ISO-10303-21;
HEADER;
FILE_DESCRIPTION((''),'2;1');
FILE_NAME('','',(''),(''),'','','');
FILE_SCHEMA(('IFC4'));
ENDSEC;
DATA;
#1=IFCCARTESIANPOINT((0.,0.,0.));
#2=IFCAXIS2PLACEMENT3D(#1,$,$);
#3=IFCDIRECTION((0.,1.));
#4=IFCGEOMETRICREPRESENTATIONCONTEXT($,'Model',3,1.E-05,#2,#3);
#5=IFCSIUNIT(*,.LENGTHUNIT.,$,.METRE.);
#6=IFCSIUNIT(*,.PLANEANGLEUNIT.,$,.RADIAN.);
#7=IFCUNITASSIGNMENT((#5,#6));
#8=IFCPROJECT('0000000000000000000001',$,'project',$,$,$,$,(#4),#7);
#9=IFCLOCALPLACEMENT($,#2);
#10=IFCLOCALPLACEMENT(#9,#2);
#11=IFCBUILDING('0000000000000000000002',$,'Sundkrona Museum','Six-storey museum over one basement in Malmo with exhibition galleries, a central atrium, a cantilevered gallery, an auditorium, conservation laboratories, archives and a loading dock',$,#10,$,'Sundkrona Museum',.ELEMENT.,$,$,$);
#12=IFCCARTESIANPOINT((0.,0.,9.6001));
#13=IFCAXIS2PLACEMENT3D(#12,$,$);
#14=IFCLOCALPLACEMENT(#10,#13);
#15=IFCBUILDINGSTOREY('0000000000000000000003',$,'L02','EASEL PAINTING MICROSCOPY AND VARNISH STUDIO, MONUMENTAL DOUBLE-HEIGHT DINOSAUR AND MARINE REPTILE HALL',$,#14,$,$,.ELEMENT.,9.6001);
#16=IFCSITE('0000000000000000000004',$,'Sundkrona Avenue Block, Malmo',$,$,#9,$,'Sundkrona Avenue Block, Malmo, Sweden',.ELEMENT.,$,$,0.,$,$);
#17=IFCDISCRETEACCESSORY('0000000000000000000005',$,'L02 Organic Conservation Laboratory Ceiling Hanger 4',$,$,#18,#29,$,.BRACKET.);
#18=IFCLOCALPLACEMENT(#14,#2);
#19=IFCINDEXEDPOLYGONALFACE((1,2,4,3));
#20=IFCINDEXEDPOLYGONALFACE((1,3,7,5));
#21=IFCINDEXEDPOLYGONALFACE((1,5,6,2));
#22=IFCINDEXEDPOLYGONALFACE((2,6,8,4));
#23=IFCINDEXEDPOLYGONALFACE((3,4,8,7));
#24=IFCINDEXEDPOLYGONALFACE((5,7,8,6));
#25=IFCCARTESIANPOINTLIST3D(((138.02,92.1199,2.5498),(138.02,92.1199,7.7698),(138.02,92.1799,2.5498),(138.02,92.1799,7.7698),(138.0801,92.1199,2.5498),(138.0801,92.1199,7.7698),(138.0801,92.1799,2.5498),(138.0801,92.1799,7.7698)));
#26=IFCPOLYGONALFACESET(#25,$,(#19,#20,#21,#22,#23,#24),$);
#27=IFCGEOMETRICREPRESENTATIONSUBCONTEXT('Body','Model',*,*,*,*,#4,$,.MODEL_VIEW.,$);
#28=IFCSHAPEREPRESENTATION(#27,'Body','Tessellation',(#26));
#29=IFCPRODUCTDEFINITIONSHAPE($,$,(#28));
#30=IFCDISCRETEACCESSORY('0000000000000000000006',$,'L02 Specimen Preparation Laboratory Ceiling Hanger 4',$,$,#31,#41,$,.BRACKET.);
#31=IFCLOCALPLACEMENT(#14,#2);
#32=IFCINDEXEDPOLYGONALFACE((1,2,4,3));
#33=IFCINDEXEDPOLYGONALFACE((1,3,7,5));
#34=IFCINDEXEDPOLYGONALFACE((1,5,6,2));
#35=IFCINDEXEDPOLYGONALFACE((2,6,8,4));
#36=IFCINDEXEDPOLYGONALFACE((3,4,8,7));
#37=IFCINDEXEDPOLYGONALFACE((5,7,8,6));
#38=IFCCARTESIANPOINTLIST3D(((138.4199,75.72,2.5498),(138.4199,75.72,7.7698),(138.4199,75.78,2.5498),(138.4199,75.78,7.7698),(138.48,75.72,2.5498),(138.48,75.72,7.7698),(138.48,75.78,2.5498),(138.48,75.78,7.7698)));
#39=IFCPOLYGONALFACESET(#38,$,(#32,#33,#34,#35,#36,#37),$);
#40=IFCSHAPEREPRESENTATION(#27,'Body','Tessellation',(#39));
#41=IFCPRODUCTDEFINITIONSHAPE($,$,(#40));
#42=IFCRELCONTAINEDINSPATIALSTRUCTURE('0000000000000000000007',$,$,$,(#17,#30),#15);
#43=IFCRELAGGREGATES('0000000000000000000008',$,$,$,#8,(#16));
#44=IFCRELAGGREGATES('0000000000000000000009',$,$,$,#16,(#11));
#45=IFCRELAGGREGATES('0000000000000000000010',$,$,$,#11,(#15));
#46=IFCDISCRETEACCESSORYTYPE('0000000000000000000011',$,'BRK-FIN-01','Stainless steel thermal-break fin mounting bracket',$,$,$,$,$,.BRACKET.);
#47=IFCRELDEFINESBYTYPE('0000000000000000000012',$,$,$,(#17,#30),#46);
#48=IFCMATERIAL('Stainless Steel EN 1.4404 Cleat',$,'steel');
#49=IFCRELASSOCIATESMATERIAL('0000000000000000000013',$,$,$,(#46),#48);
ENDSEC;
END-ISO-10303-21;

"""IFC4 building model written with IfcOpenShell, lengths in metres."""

from ifc_helpers import new_model, si_unit, direction, frame, origin, origin_2d, place, context, subcontext, project, spatial, rectangle, extrude, material, type_object, element, save


model = new_model("IFC4")

# Units and contexts
model_context = context("Model", 3, precision=1e-05, world=origin(), true_north=direction((0.0, 1.0)))
body_context = subcontext(model_context, "Body", "Model", "MODEL_VIEW")
ifc_project = project(units=[si_unit("LENGTHUNIT", "METRE"), si_unit("PLANEANGLEUNIT", "RADIAN")], contexts=[model_context])

# Site, building, storey
site_placement = place(None, origin())
site = spatial("IfcSite", under=ifc_project, at=site_placement, Name="Sundkrona Avenue Block, Malmo", LongName="Sundkrona Avenue Block, Malmo, Sweden", CompositionType="ELEMENT", RefElevation=0.0)
building_placement = place(site_placement, origin())
building = spatial("IfcBuilding", under=site, at=building_placement, Name="Sundkrona Museum", Description="Six-storey museum over one basement in Malmo with exhibition galleries, a central atrium, a cantilevered gallery, an auditorium, conservation laboratories, archives and a loading dock", LongName="Sundkrona Museum", CompositionType="ELEMENT")
storey_placement = place(building_placement, frame((0.0, 0.0, 9.6001)))
storey = spatial("IfcBuildingStorey", under=building, at=storey_placement, Name="L02", Description="EASEL PAINTING MICROSCOPY AND VARNISH STUDIO, MONUMENTAL DOUBLE-HEIGHT DINOSAUR AND MARINE REPTILE HALL", CompositionType="ELEMENT", Elevation=9.6001)

# Discrete accessories
ifc_material_1 = material(Name="Stainless Steel EN 1.4404 Cleat", Category="steel")
discrete_accessory_type = type_object("IfcDiscreteAccessoryType", Name="BRK-FIN-01", Description="Stainless steel thermal-break fin mounting bracket", PredefinedType="BRACKET", material=ifc_material_1)
for number, where, z_axis, x_axis, name in (
    (1, (138.05, 92.1499, 2.5498), (0.0, 0.0, 1.0), (1.0, 0.0, 0.0), "L02 Organic Conservation Laboratory Ceiling Hanger 4"),
    (2, (138.45, 75.75, 2.5498), (0.0, 0.0, 1.0), (1.0, 0.0, 0.0), "L02 Specimen Preparation Laboratory Ceiling Hanger 4"),
):
    element("IfcDiscreteAccessory", number, at=place(storey_placement, frame(where, z_axis=z_axis, x_axis=x_axis)), inside=storey, type_object=discrete_accessory_type, Name=name, PredefinedType="BRACKET", context=body_context, shape_type="SweptSolid", body=[
        extrude(rectangle(XDim=0.0601, YDim=0.0601, at=origin_2d()), origin(), (0.0, 0.0, 1.0), 5.22),
    ])

save(model, "model.ifc")
